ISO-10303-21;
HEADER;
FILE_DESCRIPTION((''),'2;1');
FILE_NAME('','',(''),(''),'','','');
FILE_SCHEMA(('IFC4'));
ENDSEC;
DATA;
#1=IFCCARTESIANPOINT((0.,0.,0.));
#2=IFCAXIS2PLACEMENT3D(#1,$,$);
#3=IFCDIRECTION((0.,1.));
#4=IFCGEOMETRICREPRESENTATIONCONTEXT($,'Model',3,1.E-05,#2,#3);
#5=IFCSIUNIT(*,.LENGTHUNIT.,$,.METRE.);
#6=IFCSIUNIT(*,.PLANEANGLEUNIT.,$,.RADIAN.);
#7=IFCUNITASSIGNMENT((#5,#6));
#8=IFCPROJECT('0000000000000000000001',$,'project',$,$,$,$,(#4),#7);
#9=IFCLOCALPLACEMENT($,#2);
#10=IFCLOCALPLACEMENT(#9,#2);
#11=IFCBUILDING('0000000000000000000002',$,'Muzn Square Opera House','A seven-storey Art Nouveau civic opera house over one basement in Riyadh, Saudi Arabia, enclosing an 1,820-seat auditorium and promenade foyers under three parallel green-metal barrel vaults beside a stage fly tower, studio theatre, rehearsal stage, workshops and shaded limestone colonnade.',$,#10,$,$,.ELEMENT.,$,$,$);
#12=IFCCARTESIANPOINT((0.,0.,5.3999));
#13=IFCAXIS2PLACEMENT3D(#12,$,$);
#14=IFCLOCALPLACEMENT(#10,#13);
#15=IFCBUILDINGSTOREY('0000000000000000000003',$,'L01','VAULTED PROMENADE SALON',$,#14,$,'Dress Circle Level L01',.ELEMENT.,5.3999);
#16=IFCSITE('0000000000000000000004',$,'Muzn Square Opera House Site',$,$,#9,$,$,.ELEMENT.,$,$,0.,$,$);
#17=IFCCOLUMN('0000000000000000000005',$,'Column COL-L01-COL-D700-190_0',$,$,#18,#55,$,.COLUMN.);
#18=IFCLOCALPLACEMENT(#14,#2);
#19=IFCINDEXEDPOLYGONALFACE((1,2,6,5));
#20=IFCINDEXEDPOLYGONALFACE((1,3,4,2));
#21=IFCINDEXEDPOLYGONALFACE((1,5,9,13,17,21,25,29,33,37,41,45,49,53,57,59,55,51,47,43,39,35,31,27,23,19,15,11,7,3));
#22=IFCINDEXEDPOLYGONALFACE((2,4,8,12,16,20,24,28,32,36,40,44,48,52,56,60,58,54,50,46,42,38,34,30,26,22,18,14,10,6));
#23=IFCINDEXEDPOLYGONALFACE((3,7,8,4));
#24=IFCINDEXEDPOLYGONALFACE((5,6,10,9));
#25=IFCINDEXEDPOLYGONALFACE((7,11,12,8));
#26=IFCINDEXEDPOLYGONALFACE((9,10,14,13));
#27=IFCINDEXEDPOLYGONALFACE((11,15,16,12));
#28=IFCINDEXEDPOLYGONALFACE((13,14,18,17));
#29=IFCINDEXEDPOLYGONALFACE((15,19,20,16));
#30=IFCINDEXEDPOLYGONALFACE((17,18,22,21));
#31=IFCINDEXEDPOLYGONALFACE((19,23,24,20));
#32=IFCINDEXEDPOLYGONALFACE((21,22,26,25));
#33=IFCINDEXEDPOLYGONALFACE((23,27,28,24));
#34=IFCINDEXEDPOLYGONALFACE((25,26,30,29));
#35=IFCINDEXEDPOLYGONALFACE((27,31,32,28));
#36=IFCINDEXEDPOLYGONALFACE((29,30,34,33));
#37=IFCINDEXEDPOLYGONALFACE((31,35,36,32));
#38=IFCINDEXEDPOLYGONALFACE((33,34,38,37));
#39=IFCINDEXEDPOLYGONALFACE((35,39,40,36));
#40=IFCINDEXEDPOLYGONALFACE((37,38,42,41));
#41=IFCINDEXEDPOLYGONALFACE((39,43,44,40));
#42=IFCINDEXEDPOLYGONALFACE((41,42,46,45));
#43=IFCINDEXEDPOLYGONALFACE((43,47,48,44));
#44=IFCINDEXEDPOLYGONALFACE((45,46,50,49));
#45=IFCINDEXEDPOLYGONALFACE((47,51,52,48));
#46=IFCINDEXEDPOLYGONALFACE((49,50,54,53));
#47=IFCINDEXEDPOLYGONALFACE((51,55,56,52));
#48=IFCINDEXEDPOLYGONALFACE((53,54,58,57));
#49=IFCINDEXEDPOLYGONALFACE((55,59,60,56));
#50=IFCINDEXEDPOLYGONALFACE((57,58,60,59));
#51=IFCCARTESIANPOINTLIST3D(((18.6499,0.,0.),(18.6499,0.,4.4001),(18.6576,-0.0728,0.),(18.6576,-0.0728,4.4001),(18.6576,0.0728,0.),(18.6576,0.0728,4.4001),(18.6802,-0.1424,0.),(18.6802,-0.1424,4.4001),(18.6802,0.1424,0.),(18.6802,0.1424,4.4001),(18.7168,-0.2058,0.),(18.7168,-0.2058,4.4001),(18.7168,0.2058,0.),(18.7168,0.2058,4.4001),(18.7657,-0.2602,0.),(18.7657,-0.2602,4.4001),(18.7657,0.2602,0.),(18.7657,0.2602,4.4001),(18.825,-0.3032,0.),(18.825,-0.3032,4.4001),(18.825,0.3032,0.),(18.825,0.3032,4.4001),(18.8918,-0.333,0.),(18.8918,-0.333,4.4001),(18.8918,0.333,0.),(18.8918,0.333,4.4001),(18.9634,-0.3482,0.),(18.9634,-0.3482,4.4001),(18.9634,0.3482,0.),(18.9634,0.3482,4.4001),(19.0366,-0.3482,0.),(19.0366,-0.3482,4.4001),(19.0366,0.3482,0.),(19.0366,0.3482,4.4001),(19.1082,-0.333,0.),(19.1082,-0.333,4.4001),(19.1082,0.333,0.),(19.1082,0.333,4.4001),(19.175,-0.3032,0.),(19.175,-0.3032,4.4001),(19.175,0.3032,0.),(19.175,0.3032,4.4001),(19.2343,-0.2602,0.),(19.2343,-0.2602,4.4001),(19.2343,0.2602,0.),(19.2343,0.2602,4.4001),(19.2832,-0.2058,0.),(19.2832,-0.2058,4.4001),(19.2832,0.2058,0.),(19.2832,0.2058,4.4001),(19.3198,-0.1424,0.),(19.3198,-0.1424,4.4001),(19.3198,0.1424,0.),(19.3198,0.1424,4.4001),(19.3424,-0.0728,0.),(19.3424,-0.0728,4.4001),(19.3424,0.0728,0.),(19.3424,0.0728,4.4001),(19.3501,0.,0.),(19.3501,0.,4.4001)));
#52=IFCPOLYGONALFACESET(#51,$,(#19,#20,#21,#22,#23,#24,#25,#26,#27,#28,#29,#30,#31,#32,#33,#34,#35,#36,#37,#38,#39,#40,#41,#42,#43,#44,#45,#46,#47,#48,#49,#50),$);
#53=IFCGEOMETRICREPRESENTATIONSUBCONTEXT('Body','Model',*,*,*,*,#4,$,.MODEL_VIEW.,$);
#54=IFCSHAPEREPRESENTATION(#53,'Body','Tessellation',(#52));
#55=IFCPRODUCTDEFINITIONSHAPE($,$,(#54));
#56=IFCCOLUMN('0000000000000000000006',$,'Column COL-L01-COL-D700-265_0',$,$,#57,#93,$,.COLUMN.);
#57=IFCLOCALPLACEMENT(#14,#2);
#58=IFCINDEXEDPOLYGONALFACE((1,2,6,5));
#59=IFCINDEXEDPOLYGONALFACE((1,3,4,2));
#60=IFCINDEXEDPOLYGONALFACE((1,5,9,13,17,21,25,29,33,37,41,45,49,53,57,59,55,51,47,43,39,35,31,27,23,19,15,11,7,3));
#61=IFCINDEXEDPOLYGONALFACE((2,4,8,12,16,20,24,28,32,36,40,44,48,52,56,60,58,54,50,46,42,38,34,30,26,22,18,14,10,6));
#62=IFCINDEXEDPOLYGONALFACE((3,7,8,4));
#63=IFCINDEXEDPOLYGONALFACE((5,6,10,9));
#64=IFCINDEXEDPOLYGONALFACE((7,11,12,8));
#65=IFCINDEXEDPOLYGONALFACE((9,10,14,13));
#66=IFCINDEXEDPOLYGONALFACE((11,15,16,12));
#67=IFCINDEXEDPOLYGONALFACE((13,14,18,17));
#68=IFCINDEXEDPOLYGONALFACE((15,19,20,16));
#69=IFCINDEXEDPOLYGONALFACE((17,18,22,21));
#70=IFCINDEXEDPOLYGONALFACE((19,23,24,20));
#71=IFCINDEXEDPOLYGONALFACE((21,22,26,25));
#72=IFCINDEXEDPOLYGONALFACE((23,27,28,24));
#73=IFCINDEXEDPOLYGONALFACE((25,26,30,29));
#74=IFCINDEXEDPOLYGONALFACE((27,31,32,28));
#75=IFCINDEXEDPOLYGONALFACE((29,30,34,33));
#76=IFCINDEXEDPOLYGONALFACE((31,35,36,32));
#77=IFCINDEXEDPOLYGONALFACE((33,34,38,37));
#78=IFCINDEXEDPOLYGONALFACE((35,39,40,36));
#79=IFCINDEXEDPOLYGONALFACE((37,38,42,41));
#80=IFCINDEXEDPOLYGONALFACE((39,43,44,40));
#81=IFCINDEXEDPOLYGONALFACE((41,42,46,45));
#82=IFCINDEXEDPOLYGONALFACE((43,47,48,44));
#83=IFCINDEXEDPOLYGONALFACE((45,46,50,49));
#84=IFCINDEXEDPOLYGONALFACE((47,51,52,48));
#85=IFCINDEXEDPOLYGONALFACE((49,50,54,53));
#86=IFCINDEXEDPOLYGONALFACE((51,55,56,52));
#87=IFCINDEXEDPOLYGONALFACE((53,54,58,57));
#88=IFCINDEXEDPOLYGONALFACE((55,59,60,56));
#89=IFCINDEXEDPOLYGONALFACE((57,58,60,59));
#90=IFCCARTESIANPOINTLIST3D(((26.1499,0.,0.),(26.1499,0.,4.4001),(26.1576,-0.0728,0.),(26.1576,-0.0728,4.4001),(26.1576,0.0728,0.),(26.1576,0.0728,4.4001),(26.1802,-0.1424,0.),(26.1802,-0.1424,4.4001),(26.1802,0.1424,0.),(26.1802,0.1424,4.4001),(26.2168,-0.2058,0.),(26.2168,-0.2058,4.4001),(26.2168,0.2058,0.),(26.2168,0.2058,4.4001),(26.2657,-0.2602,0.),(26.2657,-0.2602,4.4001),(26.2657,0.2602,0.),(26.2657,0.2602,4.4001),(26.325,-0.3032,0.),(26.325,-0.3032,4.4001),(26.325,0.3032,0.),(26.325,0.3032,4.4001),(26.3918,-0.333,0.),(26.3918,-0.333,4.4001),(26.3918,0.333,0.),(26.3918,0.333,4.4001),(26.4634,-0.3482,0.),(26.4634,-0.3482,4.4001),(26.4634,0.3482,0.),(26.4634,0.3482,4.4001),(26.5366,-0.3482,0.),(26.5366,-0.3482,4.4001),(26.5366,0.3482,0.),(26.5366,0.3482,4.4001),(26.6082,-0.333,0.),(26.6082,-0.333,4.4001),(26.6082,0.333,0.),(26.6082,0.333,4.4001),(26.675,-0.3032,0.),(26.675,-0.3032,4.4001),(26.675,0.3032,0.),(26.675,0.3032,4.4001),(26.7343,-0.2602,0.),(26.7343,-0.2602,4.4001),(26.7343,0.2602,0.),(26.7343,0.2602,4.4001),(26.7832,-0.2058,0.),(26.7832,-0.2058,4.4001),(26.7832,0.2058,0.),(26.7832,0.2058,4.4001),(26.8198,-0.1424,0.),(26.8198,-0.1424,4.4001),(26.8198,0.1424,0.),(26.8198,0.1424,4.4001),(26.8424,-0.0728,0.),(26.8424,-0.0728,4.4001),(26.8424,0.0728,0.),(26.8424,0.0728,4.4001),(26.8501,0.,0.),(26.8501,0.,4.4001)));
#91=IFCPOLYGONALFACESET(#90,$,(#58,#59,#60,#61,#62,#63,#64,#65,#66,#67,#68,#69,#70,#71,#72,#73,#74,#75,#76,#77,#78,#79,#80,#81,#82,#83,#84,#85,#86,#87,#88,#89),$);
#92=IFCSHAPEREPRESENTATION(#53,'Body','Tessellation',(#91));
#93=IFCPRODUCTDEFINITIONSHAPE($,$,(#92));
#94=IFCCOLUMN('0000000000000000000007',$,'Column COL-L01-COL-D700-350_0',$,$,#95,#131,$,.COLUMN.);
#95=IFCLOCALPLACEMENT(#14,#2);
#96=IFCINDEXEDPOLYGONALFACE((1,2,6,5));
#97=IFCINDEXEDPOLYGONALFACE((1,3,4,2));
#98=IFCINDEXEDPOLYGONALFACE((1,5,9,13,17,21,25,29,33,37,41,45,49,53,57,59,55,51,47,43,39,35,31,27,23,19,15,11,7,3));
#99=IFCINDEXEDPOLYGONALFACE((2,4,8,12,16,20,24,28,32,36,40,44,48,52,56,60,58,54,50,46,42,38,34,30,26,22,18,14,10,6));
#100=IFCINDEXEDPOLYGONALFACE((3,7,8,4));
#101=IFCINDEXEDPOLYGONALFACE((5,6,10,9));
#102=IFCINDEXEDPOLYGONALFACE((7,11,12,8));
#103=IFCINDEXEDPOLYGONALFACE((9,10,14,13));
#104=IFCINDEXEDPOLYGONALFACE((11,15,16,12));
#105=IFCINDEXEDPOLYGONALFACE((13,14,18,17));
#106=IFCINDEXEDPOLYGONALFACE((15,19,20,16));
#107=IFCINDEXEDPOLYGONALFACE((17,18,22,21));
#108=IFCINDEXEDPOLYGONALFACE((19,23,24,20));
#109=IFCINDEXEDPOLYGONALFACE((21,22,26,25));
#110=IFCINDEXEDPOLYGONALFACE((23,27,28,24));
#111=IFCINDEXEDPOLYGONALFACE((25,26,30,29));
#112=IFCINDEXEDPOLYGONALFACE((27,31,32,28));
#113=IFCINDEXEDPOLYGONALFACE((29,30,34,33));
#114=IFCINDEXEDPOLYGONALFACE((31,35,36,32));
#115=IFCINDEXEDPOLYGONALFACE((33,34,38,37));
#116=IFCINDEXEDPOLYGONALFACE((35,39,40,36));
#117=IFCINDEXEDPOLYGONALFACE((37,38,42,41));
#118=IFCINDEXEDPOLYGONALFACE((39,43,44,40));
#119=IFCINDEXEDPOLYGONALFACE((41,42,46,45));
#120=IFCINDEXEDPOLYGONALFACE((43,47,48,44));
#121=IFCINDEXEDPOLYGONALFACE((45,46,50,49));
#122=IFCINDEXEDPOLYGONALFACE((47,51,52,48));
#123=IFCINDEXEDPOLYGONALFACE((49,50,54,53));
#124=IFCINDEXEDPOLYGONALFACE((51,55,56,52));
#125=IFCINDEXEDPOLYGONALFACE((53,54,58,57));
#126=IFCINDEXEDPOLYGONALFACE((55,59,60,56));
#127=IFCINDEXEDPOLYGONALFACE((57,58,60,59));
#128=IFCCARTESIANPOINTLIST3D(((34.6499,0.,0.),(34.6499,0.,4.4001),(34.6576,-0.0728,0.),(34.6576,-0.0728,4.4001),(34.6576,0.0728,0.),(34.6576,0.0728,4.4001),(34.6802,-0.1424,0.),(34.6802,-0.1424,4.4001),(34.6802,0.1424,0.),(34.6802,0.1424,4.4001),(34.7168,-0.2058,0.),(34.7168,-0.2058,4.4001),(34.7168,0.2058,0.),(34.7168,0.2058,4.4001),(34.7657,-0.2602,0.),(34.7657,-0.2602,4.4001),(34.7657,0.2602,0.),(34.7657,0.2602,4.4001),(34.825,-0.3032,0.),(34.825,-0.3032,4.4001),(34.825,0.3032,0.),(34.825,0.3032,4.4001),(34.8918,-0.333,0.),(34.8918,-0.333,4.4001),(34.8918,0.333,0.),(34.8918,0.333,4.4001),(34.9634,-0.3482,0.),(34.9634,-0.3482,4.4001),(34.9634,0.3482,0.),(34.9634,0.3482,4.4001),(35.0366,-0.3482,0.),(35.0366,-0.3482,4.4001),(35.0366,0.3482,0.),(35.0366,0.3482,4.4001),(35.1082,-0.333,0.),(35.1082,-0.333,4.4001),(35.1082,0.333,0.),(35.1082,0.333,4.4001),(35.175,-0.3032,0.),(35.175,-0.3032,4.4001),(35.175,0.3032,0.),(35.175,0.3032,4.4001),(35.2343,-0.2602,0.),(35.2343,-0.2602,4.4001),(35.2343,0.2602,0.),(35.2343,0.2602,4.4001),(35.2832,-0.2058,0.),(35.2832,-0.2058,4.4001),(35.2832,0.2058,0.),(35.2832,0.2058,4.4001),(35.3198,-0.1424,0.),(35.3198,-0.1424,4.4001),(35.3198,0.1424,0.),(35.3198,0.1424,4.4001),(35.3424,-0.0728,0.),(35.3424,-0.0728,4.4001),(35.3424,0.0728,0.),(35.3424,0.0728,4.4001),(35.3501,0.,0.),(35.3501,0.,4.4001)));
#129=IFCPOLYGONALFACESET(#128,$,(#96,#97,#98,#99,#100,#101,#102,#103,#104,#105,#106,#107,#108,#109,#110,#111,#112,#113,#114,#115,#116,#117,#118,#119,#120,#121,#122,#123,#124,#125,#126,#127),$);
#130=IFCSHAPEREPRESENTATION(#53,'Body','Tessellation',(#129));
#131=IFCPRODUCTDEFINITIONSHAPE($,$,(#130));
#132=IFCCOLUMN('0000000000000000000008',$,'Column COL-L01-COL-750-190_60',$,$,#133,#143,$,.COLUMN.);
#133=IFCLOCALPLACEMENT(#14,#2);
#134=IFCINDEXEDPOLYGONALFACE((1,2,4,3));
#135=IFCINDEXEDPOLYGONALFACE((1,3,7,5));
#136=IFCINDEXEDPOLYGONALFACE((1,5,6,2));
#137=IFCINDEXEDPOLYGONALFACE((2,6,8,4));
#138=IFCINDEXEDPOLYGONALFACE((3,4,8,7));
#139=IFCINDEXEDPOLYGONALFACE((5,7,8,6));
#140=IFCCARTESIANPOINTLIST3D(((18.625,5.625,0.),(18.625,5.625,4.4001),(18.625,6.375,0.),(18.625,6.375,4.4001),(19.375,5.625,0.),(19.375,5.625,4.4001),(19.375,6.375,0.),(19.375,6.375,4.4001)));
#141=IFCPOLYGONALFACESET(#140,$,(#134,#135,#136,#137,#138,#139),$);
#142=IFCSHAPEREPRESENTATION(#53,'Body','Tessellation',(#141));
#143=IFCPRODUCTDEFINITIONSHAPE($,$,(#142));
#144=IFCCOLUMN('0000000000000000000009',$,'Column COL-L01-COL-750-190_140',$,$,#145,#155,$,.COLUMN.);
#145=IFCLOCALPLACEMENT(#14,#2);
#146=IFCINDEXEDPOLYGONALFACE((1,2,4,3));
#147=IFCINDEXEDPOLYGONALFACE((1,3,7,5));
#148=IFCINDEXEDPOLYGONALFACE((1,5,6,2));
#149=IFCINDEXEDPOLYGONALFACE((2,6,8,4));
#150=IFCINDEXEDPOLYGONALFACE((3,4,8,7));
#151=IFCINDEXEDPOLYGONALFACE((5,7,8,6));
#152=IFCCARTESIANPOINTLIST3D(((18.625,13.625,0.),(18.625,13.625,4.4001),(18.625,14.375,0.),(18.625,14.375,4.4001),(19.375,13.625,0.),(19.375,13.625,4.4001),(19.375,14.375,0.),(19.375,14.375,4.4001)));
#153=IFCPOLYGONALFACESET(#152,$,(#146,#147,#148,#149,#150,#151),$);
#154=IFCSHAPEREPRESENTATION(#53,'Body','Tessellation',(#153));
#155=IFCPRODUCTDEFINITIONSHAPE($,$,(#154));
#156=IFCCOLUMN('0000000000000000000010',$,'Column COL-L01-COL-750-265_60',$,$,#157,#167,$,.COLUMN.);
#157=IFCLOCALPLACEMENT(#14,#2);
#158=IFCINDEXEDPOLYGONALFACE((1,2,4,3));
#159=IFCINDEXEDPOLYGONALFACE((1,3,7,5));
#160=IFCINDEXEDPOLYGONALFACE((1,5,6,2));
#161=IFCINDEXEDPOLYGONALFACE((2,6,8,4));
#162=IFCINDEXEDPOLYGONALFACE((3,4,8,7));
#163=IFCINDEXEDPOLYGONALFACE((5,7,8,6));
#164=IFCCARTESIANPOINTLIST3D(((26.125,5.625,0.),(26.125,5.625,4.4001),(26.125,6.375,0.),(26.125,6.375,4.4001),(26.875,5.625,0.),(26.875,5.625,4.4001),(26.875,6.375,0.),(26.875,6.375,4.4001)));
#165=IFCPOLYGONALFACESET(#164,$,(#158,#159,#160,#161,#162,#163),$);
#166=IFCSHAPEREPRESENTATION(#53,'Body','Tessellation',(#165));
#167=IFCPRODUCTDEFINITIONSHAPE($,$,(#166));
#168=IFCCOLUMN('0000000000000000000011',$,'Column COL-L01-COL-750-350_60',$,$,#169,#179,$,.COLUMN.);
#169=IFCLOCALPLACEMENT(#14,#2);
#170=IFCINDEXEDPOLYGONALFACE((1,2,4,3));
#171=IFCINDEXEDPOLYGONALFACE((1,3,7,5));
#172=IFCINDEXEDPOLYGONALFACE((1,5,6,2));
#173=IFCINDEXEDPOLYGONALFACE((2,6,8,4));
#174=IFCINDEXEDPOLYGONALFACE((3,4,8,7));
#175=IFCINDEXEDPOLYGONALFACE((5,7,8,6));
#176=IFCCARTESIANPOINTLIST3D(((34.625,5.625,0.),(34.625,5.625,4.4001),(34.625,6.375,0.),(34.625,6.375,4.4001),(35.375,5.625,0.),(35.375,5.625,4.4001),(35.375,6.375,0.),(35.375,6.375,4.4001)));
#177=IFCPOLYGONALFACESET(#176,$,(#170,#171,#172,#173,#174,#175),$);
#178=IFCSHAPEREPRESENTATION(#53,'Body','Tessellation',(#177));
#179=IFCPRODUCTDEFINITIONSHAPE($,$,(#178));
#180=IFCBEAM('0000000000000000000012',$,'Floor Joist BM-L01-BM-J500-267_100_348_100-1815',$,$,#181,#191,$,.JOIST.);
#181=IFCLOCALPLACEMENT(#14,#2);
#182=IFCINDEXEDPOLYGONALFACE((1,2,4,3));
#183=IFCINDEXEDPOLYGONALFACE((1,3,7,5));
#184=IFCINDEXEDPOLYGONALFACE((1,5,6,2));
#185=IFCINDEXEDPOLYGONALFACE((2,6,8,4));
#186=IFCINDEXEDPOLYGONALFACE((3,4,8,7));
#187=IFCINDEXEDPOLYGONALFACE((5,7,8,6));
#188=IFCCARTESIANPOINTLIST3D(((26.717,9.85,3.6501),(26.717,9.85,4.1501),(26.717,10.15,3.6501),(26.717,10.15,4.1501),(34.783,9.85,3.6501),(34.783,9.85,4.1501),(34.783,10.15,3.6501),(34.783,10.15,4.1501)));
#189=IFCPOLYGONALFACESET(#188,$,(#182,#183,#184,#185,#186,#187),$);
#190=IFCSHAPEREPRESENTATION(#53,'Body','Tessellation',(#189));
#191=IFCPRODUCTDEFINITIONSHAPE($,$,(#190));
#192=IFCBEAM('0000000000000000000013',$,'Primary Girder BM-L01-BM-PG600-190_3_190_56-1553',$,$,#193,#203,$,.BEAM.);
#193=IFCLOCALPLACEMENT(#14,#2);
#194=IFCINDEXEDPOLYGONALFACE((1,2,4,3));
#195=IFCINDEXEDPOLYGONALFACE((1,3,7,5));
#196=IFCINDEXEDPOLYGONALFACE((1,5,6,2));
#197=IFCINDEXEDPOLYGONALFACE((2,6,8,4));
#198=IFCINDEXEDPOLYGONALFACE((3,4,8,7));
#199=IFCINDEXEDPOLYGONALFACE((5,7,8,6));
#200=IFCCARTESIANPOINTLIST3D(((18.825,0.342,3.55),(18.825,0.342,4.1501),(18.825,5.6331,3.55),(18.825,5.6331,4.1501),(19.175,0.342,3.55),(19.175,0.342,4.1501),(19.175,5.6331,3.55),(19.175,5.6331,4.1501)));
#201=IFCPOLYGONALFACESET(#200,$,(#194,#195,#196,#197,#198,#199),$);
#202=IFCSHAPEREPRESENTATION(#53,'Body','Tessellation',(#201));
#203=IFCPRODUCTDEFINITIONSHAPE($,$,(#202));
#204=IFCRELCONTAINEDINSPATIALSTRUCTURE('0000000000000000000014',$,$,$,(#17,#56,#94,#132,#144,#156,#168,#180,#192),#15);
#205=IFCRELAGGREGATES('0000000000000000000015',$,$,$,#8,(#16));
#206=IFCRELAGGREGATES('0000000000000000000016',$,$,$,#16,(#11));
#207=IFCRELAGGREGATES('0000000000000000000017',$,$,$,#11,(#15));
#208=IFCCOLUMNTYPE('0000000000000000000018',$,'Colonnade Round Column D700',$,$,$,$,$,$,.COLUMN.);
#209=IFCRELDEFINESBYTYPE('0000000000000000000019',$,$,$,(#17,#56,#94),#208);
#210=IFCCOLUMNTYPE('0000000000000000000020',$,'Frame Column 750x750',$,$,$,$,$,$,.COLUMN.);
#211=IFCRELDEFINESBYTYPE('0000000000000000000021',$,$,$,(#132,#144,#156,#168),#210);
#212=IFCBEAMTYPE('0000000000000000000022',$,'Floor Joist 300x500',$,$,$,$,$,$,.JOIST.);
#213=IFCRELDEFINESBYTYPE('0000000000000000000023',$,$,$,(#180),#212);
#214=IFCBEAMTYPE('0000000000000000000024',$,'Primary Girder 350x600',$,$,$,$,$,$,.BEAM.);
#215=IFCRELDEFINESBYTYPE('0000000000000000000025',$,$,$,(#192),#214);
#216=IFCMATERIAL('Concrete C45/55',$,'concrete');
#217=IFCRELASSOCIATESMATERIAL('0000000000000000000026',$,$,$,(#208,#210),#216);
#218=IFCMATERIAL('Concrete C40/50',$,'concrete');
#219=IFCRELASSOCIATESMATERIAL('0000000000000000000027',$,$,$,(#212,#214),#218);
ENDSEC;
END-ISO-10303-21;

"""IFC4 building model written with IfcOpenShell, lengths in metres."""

from ifc_helpers import new_model, si_unit, direction, frame, origin, origin_2d, place, context, subcontext, project, spatial, rectangle, circle, extrude, material, material_profile, profile_set, type_object, element, save


model = new_model("IFC4")

# Units and contexts
model_context = context("Model", 3, precision=1e-05, world=origin(), true_north=direction((0.0, 1.0)))
body_context = subcontext(model_context, "Body", "Model", "MODEL_VIEW")
ifc_project = project(units=[si_unit("LENGTHUNIT", "METRE"), si_unit("PLANEANGLEUNIT", "RADIAN")], contexts=[model_context])

# Site, building, storey
site_placement = place(None, origin())
site = spatial("IfcSite", under=ifc_project, at=site_placement, Name="Muzn Square Opera House Site", CompositionType="ELEMENT", RefElevation=0.0)
building_placement = place(site_placement, origin())
building = spatial("IfcBuilding", under=site, at=building_placement, Name="Muzn Square Opera House", Description="A seven-storey Art Nouveau civic opera house over one basement in Riyadh, Saudi Arabia, enclosing an 1,820-seat auditorium and promenade foyers under three parallel green-metal barrel vaults beside a stage fly tower, studio theatre, rehearsal stage, workshops and shaded limestone colonnade.", CompositionType="ELEMENT")
storey_placement = place(building_placement, frame((0.0, 0.0, 5.3999)))
storey = spatial("IfcBuildingStorey", under=building, at=storey_placement, Name="L01", Description="VAULTED PROMENADE SALON", LongName="Dress Circle Level L01", CompositionType="ELEMENT", Elevation=5.3999)

# Columns
ifc_material_1 = material(Name="Concrete C45/55", Category="concrete")
ifc_material_profile_1 = material_profile(ifc_material_1, circle(Radius=0.3501, at=origin_2d()), Name="RCC D700", Category="concrete")
ifc_profile_set_1 = profile_set([ifc_material_profile_1], Name="Concrete C45/55")
column_type_1 = type_object("IfcColumnType", Name="Colonnade Round Column D700", PredefinedType="COLUMN", material=ifc_profile_set_1)
for number, where, z_axis, x_axis, name in (
    (1, (19.0, 0.0, 0.0), (0.0, 0.0, 1.0), (1.0, 0.0, 0.0), "Column COL-L01-COL-D700-190_0"),
    (2, (26.5, 0.0, 0.0), (0.0, 0.0, 1.0), (1.0, 0.0, 0.0), "Column COL-L01-COL-D700-265_0"),
    (3, (35.0, 0.0, 0.0), (0.0, 0.0, 1.0), (1.0, 0.0, 0.0), "Column COL-L01-COL-D700-350_0"),
):
    element("IfcColumn", number, at=place(storey_placement, frame(where, z_axis=z_axis, x_axis=x_axis)), inside=storey, type_object=column_type_1, Name=name, PredefinedType="COLUMN", context=body_context, shape_type="SweptSolid", body=[
        extrude(circle(Radius=0.3501, at=origin_2d()), origin(), (0.0, 0.0, 1.0), 4.4001),
    ])
ifc_material_profile_2 = material_profile(ifc_material_1, rectangle(XDim=0.75, YDim=0.75, at=origin_2d()), Name="RC 750x750", Category="concrete")
ifc_profile_set_2 = profile_set([ifc_material_profile_2], Name="Concrete C45/55")
column_type_2 = type_object("IfcColumnType", Name="Frame Column 750x750", PredefinedType="COLUMN", material=ifc_profile_set_2)
for number, where, z_axis, x_axis, name in (
    (4, (19.0, 6.0, 0.0), (0.0, 0.0, 1.0), (1.0, 0.0, 0.0), "Column COL-L01-COL-750-190_60"),
    (5, (19.0, 14.0, 0.0), (0.0, 0.0, 1.0), (1.0, 0.0, 0.0), "Column COL-L01-COL-750-190_140"),
    (6, (26.5, 6.0, 0.0), (0.0, 0.0, 1.0), (1.0, 0.0, 0.0), "Column COL-L01-COL-750-265_60"),
    (7, (35.0, 6.0, 0.0), (0.0, 0.0, 1.0), (1.0, 0.0, 0.0), "Column COL-L01-COL-750-350_60"),
):
    element("IfcColumn", number, at=place(storey_placement, frame(where, z_axis=z_axis, x_axis=x_axis)), inside=storey, type_object=column_type_2, Name=name, PredefinedType="COLUMN", context=body_context, shape_type="SweptSolid", body=[
        extrude(rectangle(XDim=0.75, YDim=0.75, at=origin_2d()), origin(), (0.0, 0.0, 1.0), 4.4001),
    ])

# Beams
ifc_material_2 = material(Name="Concrete C40/50", Category="concrete")
ifc_material_profile_3 = material_profile(ifc_material_2, rectangle(XDim=0.3, YDim=0.5, at=origin_2d()), Name="RCJ 300x500", Category="concrete")
ifc_profile_set_3 = profile_set([ifc_material_profile_3], Name="Concrete C40/50")
beam_type_1 = type_object("IfcBeamType", Name="Floor Joist 300x500", PredefinedType="JOIST", material=ifc_profile_set_3)
beam_1_placement = place(storey_placement, frame((26.717, 10.0, 3.9001), z_axis=(1.0, 0.0, 0.0), x_axis=(0.0, 1.0, 0.0)))
element("IfcBeam", 8, at=beam_1_placement, inside=storey, type_object=beam_type_1, Name="Floor Joist BM-L01-BM-J500-267_100_348_100-1815", PredefinedType="JOIST", context=body_context, shape_type="SweptSolid", body=[
    extrude(rectangle(XDim=0.3, YDim=0.5, at=origin_2d()), origin(), (0.0, 0.0, 1.0), 8.0659),
])
ifc_material_profile_4 = material_profile(ifc_material_2, rectangle(XDim=0.3501, YDim=0.6001, at=origin_2d()), Name="RCB 350x600", Category="concrete")
ifc_profile_set_4 = profile_set([ifc_material_profile_4], Name="Concrete C40/50")
beam_type_2 = type_object("IfcBeamType", Name="Primary Girder 350x600", PredefinedType="BEAM", material=ifc_profile_set_4)
for number, where, z_axis, x_axis, name in (
    (9, (19.0, 0.342, 3.8501), (0.0, 1.0, 0.0), (-1.0, 0.0, 0.0), "Primary Girder BM-L01-BM-PG600-190_3_190_56-1553"),
):
    element("IfcBeam", number, at=place(storey_placement, frame(where, z_axis=z_axis, x_axis=x_axis)), inside=storey, type_object=beam_type_2, Name=name, PredefinedType="BEAM", context=body_context, shape_type="SweptSolid", body=[
        extrude(rectangle(XDim=0.3501, YDim=0.6001, at=origin_2d()), origin(), (0.0, 0.0, 1.0), 5.291),
    ])

save(model, "model.ifc")
